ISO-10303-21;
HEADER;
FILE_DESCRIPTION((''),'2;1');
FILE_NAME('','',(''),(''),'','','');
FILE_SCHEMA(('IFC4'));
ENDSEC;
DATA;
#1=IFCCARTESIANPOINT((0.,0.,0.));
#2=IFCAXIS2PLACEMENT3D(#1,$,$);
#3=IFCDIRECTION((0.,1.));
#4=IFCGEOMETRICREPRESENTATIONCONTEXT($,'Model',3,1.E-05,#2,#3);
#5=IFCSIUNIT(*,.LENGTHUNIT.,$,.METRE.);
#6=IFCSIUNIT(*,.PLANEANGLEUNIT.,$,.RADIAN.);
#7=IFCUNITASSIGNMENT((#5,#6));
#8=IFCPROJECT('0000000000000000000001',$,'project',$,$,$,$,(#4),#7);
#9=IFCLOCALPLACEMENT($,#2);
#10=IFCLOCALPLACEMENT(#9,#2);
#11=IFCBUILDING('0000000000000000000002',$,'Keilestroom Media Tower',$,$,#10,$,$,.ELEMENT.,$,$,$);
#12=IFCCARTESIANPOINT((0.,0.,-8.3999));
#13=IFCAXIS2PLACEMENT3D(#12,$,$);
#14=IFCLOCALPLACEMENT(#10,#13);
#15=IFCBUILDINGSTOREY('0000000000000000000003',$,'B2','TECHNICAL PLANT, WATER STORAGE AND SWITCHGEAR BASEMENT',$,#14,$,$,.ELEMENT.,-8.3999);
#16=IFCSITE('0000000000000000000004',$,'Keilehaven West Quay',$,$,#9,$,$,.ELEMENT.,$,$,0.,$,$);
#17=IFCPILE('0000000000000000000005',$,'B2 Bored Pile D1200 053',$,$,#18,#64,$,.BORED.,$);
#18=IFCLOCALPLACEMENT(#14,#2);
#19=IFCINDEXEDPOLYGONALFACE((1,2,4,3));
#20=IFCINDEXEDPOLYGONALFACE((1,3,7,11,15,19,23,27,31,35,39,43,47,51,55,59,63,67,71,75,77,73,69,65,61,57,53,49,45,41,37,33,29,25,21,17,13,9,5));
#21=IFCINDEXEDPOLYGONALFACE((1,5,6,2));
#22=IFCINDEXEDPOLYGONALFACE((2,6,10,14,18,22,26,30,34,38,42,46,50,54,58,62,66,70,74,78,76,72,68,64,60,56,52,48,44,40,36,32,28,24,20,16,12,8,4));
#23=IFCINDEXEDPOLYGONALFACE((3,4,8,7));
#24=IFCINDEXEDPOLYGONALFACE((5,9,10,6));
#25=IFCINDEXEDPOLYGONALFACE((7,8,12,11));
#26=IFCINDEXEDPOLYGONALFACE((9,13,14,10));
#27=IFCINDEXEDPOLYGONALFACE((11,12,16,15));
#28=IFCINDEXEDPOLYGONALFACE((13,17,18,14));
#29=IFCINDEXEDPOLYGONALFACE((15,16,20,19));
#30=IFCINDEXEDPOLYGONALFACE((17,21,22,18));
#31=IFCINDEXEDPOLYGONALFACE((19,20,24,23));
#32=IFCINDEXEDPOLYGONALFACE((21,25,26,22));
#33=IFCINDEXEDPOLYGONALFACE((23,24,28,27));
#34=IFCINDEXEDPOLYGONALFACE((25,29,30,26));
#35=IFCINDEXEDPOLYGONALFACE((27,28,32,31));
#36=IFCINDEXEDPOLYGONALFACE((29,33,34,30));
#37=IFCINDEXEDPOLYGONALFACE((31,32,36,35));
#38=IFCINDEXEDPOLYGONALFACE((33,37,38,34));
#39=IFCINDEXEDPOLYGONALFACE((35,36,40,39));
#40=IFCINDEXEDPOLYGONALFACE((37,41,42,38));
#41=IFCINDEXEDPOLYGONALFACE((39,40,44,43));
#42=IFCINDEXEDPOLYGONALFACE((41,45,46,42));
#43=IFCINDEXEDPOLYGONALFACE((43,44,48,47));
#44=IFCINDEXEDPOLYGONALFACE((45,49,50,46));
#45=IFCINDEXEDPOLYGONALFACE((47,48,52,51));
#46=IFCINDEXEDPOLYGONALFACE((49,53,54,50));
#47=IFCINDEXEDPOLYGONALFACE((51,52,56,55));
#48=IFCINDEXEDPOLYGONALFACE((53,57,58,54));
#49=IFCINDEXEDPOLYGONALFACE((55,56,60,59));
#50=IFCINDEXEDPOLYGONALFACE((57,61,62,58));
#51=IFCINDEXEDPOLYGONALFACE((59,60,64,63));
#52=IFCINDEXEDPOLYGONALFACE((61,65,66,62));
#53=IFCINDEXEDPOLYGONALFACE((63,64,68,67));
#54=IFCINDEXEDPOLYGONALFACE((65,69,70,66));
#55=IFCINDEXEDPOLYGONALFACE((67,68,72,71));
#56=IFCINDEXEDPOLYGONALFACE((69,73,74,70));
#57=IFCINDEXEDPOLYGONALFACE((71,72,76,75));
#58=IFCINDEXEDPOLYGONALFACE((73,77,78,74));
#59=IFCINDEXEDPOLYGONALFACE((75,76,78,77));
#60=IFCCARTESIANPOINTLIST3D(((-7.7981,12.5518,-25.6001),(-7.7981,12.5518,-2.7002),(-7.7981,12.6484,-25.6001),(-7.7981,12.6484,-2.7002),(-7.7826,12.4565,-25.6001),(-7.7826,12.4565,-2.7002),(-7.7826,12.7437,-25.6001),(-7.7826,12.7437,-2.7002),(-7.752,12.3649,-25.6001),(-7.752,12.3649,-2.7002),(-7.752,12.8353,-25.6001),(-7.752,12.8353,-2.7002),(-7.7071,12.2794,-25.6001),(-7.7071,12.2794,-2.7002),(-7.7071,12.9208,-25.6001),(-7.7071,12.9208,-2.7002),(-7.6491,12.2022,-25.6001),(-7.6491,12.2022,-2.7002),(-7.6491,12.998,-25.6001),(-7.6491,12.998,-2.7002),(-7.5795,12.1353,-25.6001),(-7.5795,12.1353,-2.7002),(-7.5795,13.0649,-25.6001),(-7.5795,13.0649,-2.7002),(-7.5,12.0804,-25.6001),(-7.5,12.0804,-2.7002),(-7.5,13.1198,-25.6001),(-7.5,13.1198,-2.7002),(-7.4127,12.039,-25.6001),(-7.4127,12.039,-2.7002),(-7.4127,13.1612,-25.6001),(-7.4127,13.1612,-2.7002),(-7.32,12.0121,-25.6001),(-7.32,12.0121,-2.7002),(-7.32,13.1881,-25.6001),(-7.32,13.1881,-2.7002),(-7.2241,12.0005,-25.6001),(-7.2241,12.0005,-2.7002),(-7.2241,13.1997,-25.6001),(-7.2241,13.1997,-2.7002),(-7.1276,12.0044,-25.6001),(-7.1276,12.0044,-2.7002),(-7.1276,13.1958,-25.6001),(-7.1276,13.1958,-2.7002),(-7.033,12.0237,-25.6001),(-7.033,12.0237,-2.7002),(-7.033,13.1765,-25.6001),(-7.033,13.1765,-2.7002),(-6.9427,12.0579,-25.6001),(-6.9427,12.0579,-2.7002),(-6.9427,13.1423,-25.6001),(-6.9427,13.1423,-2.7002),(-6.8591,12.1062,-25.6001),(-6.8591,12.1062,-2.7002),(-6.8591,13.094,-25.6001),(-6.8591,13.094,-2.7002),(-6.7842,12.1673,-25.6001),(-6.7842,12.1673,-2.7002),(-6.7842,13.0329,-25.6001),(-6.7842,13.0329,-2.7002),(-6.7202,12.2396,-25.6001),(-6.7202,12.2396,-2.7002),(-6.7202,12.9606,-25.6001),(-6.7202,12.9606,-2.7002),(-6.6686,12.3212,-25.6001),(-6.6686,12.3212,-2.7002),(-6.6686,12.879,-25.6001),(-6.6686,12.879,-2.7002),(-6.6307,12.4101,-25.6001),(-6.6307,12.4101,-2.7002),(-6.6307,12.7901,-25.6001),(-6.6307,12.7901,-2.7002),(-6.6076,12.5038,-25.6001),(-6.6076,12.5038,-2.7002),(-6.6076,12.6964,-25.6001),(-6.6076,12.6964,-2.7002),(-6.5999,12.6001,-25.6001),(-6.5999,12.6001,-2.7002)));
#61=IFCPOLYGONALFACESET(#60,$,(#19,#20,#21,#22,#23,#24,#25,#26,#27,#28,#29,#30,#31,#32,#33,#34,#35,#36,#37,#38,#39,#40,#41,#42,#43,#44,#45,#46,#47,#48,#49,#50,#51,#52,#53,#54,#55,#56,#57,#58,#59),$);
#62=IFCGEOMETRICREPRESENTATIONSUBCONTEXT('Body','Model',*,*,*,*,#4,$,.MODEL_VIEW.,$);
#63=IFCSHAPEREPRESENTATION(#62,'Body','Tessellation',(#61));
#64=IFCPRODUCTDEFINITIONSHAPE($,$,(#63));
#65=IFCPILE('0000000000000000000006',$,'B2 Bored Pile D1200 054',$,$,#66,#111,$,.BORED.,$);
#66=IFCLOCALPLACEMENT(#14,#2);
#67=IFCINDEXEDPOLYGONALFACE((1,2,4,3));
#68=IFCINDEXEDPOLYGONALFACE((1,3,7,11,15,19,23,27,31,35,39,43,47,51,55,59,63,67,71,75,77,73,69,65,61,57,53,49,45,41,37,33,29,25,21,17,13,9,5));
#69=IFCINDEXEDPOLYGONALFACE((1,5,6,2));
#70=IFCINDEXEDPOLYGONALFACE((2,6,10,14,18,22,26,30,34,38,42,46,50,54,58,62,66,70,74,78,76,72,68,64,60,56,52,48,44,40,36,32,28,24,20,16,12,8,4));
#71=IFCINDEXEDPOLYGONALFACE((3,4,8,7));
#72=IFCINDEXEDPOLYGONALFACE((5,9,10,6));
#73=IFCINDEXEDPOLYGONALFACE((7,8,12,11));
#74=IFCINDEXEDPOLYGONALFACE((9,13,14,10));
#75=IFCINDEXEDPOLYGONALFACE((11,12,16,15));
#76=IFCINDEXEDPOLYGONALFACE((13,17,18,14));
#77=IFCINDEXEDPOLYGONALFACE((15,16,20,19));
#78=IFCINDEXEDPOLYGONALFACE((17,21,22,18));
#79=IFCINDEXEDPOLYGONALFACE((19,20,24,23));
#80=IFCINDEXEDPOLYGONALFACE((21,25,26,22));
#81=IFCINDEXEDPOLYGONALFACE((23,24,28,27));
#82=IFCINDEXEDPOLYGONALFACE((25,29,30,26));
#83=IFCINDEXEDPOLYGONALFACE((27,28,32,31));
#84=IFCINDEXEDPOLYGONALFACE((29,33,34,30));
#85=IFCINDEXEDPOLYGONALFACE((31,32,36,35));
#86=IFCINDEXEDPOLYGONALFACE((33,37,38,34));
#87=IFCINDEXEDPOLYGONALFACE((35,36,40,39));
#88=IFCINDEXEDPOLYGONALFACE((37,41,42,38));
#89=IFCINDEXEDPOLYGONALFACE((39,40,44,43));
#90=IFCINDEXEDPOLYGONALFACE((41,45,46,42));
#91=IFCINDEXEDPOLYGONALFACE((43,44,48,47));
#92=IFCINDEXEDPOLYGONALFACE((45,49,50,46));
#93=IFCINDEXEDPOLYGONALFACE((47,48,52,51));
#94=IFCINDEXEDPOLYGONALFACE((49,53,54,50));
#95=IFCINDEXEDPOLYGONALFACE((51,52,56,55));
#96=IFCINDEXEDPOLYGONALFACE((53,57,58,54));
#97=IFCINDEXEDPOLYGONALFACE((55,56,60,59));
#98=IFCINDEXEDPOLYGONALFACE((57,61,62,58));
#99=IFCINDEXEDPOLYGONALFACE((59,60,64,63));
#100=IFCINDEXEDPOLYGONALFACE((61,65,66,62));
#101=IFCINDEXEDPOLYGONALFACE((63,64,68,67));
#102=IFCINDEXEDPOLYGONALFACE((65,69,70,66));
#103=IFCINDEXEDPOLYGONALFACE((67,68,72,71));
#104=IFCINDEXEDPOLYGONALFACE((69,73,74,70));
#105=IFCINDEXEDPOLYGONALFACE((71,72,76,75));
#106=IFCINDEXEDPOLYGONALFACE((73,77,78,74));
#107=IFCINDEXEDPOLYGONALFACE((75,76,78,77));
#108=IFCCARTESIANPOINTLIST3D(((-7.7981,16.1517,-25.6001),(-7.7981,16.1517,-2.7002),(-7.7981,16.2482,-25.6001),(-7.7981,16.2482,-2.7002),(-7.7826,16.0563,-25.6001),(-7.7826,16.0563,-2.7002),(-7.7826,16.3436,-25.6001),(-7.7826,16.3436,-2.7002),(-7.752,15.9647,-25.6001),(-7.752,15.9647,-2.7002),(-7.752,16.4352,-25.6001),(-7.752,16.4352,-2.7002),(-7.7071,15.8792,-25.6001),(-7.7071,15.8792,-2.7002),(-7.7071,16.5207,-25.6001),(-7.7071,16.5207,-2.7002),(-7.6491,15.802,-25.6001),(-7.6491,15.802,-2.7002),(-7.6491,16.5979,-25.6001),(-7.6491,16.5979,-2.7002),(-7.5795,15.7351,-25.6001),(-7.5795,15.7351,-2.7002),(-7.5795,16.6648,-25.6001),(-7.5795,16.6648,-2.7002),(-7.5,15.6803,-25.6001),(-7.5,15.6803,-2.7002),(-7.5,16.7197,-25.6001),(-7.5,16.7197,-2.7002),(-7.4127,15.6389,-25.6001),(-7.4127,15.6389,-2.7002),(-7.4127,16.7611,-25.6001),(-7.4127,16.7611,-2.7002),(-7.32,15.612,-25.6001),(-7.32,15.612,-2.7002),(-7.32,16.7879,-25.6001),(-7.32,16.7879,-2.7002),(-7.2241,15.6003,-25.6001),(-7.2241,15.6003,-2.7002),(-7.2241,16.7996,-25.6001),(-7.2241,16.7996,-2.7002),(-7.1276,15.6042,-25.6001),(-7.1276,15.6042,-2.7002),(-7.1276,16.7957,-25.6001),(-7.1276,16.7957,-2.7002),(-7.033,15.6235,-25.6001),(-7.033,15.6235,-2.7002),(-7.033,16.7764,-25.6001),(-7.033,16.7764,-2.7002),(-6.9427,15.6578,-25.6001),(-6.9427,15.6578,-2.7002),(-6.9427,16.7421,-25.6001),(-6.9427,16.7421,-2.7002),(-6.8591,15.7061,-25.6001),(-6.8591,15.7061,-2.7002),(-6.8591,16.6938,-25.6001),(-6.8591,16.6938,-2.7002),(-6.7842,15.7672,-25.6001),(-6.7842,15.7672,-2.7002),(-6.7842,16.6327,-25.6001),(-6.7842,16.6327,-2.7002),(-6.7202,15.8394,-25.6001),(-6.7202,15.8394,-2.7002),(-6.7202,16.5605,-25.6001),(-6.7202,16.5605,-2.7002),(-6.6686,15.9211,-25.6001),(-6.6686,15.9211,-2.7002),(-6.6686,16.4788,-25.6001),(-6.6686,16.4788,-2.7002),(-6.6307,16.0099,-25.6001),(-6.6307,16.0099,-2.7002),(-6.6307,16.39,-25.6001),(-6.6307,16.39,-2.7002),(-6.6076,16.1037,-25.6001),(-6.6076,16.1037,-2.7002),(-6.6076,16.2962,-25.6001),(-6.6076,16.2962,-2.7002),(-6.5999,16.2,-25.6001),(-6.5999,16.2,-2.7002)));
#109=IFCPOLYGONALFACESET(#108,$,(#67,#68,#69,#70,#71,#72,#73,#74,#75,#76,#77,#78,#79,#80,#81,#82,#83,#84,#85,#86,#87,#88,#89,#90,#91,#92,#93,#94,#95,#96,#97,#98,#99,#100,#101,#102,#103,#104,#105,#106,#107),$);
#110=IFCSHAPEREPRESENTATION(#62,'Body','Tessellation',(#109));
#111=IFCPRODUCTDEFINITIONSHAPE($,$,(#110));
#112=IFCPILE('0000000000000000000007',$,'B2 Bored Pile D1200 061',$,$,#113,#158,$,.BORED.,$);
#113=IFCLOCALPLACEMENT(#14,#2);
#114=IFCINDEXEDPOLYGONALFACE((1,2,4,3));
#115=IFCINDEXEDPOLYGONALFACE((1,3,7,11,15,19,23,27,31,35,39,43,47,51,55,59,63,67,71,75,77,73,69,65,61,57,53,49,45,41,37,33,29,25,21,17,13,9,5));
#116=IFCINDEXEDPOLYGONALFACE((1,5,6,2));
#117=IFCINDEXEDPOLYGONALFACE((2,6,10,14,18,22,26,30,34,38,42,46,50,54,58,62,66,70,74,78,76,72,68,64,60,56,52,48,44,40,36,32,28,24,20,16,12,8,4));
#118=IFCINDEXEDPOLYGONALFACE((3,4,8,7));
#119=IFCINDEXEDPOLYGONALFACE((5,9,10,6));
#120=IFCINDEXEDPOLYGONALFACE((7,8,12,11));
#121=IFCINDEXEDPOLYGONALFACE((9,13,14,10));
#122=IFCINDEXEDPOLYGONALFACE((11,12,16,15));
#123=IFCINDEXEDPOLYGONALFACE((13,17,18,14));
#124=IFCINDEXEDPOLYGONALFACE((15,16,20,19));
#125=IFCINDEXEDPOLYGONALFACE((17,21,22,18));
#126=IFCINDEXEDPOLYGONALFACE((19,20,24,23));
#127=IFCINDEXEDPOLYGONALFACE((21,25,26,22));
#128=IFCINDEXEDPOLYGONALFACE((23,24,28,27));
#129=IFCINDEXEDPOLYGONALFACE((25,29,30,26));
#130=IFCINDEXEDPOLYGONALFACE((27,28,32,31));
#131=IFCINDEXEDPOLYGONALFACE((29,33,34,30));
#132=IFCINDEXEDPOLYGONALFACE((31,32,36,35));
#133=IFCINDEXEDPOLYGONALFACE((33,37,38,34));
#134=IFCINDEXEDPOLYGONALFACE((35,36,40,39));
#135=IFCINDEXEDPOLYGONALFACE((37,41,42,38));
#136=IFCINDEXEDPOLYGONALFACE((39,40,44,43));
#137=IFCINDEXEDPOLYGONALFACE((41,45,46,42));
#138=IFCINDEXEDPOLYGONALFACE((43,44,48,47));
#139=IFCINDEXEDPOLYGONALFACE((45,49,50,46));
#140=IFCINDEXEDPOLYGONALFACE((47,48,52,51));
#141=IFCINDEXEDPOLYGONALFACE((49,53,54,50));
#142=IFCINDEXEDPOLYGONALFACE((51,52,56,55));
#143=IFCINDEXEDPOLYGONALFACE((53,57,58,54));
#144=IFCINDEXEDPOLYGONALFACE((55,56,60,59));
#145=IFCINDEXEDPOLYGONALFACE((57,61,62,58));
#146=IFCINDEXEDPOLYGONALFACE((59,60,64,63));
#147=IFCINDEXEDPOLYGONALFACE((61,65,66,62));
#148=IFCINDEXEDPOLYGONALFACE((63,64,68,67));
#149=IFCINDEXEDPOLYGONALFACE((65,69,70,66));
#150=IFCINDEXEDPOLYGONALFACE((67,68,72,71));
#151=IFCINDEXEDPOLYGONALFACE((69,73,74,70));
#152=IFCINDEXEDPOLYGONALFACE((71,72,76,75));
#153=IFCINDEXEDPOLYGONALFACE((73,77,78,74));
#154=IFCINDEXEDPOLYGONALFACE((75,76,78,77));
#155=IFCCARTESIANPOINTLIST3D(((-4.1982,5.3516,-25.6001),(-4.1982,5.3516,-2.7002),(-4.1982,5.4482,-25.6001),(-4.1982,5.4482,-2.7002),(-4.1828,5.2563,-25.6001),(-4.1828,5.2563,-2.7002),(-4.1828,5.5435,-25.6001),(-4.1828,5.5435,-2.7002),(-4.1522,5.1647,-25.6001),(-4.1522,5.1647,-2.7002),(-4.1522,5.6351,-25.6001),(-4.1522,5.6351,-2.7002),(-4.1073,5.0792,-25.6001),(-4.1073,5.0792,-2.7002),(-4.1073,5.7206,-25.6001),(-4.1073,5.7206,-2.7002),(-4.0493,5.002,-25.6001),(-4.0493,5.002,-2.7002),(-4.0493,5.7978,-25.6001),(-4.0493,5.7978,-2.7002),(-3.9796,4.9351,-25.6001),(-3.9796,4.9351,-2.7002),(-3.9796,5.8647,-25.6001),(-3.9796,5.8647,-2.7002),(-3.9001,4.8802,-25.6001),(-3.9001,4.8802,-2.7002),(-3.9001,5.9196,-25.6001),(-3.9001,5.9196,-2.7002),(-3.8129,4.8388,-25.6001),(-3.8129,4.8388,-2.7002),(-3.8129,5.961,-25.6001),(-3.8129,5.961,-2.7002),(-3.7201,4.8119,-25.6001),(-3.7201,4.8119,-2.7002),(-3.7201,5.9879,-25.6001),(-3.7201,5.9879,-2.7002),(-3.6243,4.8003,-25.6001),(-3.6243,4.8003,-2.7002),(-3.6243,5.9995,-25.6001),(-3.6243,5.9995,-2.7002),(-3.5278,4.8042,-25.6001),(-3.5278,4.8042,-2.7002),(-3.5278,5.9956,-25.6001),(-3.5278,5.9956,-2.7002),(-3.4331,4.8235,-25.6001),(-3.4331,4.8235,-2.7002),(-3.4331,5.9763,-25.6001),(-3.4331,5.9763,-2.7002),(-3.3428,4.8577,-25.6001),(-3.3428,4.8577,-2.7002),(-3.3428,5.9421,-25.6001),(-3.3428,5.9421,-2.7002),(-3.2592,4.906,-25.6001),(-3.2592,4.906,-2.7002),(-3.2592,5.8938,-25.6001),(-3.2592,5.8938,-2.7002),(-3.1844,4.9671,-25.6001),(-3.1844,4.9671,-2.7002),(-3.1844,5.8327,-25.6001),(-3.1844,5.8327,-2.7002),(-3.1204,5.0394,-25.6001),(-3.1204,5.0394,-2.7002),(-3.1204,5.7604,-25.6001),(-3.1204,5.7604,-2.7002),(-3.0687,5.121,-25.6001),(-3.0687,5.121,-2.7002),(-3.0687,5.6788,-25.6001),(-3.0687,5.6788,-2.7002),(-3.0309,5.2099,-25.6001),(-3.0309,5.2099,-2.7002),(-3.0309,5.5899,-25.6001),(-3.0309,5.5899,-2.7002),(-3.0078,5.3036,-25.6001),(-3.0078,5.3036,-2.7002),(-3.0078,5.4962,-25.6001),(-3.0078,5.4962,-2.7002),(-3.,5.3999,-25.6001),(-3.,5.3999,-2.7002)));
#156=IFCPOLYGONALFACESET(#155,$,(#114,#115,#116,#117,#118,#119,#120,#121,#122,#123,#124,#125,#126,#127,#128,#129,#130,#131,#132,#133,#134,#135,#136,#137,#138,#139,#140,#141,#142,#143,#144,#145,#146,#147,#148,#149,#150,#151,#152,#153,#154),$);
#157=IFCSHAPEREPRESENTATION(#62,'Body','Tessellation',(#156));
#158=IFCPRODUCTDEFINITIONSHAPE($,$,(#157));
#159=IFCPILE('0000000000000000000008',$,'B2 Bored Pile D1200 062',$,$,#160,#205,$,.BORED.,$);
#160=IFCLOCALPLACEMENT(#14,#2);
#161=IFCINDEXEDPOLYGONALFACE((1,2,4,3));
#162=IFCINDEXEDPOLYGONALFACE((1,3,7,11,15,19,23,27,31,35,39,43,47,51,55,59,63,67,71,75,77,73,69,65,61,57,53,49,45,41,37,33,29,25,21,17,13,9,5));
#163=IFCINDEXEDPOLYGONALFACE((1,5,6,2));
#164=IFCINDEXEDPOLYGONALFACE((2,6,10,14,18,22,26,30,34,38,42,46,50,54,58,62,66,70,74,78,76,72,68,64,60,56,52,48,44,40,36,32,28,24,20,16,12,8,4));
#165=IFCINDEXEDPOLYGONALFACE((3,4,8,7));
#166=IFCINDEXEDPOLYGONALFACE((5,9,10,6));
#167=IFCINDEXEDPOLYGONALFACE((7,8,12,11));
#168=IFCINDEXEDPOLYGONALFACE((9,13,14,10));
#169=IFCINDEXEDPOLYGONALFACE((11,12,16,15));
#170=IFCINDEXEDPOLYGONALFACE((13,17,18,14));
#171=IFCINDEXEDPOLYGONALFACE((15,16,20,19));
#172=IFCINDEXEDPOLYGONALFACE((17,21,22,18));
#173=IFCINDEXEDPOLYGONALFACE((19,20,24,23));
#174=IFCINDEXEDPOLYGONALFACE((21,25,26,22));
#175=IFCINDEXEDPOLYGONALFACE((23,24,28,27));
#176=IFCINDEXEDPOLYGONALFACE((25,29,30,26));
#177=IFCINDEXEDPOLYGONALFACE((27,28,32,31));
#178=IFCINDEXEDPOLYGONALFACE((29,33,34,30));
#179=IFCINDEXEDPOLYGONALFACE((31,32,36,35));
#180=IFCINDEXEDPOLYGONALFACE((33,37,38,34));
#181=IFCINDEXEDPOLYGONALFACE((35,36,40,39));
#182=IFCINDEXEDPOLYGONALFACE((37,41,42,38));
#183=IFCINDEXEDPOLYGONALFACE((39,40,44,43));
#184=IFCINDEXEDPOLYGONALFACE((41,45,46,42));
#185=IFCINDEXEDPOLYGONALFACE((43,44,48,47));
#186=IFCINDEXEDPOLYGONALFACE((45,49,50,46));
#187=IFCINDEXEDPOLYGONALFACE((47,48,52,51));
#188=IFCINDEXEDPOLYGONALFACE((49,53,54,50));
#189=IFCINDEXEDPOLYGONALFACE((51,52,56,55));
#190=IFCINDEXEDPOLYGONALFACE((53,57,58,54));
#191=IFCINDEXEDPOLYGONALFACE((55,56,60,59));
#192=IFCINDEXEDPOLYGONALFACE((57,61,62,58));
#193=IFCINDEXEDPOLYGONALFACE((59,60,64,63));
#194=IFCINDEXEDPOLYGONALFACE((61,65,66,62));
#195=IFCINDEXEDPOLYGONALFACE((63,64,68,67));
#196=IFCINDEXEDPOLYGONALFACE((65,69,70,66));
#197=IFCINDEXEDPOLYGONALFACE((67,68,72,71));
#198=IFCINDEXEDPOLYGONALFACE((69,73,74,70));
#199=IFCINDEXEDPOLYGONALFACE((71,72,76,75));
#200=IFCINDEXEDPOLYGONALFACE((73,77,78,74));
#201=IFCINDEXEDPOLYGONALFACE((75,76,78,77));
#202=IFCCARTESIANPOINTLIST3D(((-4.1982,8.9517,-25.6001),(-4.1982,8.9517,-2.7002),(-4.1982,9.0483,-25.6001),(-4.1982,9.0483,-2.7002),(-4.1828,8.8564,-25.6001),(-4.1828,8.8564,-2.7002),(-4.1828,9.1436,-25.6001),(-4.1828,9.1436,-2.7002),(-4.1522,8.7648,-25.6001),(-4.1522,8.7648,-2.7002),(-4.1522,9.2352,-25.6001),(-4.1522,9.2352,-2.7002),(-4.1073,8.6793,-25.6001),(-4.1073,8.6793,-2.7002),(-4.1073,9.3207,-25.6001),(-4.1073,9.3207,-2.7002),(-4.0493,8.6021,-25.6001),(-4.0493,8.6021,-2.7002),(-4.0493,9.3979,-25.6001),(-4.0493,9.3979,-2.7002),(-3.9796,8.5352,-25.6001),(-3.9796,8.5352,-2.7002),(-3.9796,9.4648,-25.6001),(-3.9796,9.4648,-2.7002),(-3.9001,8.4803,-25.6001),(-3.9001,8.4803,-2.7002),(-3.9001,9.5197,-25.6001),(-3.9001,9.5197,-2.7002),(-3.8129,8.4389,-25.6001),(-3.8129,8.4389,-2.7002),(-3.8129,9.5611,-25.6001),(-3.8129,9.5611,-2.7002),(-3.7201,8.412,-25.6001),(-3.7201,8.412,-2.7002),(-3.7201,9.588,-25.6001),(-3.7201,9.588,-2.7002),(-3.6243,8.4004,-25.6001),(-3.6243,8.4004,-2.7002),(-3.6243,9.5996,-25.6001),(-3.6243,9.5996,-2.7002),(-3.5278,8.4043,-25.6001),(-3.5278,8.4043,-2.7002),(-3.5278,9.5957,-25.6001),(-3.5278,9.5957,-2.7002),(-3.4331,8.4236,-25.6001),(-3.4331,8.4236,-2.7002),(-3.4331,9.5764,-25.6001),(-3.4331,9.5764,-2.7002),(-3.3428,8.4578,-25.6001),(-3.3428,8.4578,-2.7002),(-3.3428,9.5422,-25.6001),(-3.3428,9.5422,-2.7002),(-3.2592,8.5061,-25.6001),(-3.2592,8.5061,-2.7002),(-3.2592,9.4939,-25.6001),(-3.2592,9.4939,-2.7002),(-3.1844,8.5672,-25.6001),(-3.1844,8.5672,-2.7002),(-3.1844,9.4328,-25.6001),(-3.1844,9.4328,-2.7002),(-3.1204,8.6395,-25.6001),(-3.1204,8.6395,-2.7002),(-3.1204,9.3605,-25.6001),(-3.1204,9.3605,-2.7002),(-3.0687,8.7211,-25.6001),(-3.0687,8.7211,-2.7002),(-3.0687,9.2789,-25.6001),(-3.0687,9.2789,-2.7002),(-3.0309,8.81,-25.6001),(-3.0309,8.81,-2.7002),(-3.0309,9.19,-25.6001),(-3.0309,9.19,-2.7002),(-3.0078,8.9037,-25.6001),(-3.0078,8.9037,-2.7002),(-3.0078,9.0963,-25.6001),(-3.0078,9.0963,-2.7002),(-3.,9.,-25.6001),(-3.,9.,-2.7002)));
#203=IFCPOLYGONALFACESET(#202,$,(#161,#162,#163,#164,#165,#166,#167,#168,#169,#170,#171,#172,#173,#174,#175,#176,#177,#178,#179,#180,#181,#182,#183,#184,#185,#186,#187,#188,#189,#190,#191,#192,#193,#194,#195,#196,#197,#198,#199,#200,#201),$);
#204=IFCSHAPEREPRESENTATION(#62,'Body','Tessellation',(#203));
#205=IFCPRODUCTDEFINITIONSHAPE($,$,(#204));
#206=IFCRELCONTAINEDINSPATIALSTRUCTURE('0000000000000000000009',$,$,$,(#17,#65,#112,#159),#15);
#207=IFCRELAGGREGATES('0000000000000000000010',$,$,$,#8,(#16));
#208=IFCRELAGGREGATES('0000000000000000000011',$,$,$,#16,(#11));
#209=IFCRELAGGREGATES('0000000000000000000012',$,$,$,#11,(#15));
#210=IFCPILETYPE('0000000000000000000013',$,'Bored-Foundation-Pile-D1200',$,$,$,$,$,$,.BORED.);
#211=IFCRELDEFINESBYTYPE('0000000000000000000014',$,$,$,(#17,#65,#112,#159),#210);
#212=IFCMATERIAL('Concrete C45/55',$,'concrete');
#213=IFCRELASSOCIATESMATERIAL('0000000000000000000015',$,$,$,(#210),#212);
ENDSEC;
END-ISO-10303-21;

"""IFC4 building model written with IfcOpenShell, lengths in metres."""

from ifc_helpers import new_model, si_unit, direction, frame, origin, origin_2d, place, context, subcontext, project, spatial, circle, extrude, source, transform, mapped, material, material_profile, profile_set, type_object, element, save


model = new_model("IFC4")

# Units and contexts
model_context = context("Model", 3, precision=1e-05, world=origin(), true_north=direction((0.0, 1.0)))
body_context = subcontext(model_context, "Body", "Model", "MODEL_VIEW")
ifc_project = project(units=[si_unit("LENGTHUNIT", "METRE"), si_unit("PLANEANGLEUNIT", "RADIAN")], contexts=[model_context])

# Site, building, storey
site_placement = place(None, origin())
site = spatial("IfcSite", under=ifc_project, at=site_placement, Name="Keilehaven West Quay", CompositionType="ELEMENT", RefElevation=0.0)
building_placement = place(site_placement, origin())
building = spatial("IfcBuilding", under=site, at=building_placement, Name="Keilestroom Media Tower", CompositionType="ELEMENT")
storey_placement = place(building_placement, frame((0.0, 0.0, -8.3999)))
storey = spatial("IfcBuildingStorey", under=building, at=storey_placement, Name="B2", Description="TECHNICAL PLANT, WATER STORAGE AND SWITCHGEAR BASEMENT", CompositionType="ELEMENT", Elevation=-8.3999)

# Piles
ifc_material_1 = material(Name="Concrete C45/55", Category="concrete")
ifc_material_profile_1 = material_profile(ifc_material_1, circle(Radius=0.6001, at=origin_2d()), Name="BORED PILE D1200")
ifc_profile_set_1 = profile_set([ifc_material_profile_1], Name="Concrete C45/55")
pile_type_1 = type_object("IfcPileType", Name="Bored-Foundation-Pile-D1200", PredefinedType="BORED", material=ifc_profile_set_1)
shared_shape_1 = source(origin(), body_context, "Body", "SweptSolid", [
    extrude(circle(Radius=0.6001, at=origin_2d()), origin(), (0.0, 0.0, 1.0), 22.8999),
])
for number, where, z_axis, x_axis, name in (
    (1, (-7.2, 12.6001, -2.7002), (0.0, 0.0, -1.0), (1.0, 0.0, 0.0), "B2 Bored Pile D1200 053"),
    (2, (-7.2, 16.2, -2.7002), (0.0, 0.0, -1.0), (1.0, 0.0, 0.0), "B2 Bored Pile D1200 054"),
    (3, (-3.6001, 5.3999, -2.7002), (0.0, 0.0, -1.0), (1.0, 0.0, 0.0), "B2 Bored Pile D1200 061"),
    (4, (-3.6001, 9.0, -2.7002), (0.0, 0.0, -1.0), (1.0, 0.0, 0.0), "B2 Bored Pile D1200 062"),
):
    element("IfcPile", number, at=place(storey_placement, frame(where, z_axis=z_axis, x_axis=x_axis)), inside=storey, type_object=pile_type_1, Name=name, PredefinedType="BORED", context=body_context, shape_type="MappedRepresentation", body=[
        mapped(shared_shape_1, transform((0.0, 0.0, 0.0), x_axis=(1.0, 0.0, 0.0), y_axis=(0.0, 1.0, 0.0), z_axis=(0.0, 0.0, 1.0), scale=1.0)),
    ])

save(model, "model.ifc")
